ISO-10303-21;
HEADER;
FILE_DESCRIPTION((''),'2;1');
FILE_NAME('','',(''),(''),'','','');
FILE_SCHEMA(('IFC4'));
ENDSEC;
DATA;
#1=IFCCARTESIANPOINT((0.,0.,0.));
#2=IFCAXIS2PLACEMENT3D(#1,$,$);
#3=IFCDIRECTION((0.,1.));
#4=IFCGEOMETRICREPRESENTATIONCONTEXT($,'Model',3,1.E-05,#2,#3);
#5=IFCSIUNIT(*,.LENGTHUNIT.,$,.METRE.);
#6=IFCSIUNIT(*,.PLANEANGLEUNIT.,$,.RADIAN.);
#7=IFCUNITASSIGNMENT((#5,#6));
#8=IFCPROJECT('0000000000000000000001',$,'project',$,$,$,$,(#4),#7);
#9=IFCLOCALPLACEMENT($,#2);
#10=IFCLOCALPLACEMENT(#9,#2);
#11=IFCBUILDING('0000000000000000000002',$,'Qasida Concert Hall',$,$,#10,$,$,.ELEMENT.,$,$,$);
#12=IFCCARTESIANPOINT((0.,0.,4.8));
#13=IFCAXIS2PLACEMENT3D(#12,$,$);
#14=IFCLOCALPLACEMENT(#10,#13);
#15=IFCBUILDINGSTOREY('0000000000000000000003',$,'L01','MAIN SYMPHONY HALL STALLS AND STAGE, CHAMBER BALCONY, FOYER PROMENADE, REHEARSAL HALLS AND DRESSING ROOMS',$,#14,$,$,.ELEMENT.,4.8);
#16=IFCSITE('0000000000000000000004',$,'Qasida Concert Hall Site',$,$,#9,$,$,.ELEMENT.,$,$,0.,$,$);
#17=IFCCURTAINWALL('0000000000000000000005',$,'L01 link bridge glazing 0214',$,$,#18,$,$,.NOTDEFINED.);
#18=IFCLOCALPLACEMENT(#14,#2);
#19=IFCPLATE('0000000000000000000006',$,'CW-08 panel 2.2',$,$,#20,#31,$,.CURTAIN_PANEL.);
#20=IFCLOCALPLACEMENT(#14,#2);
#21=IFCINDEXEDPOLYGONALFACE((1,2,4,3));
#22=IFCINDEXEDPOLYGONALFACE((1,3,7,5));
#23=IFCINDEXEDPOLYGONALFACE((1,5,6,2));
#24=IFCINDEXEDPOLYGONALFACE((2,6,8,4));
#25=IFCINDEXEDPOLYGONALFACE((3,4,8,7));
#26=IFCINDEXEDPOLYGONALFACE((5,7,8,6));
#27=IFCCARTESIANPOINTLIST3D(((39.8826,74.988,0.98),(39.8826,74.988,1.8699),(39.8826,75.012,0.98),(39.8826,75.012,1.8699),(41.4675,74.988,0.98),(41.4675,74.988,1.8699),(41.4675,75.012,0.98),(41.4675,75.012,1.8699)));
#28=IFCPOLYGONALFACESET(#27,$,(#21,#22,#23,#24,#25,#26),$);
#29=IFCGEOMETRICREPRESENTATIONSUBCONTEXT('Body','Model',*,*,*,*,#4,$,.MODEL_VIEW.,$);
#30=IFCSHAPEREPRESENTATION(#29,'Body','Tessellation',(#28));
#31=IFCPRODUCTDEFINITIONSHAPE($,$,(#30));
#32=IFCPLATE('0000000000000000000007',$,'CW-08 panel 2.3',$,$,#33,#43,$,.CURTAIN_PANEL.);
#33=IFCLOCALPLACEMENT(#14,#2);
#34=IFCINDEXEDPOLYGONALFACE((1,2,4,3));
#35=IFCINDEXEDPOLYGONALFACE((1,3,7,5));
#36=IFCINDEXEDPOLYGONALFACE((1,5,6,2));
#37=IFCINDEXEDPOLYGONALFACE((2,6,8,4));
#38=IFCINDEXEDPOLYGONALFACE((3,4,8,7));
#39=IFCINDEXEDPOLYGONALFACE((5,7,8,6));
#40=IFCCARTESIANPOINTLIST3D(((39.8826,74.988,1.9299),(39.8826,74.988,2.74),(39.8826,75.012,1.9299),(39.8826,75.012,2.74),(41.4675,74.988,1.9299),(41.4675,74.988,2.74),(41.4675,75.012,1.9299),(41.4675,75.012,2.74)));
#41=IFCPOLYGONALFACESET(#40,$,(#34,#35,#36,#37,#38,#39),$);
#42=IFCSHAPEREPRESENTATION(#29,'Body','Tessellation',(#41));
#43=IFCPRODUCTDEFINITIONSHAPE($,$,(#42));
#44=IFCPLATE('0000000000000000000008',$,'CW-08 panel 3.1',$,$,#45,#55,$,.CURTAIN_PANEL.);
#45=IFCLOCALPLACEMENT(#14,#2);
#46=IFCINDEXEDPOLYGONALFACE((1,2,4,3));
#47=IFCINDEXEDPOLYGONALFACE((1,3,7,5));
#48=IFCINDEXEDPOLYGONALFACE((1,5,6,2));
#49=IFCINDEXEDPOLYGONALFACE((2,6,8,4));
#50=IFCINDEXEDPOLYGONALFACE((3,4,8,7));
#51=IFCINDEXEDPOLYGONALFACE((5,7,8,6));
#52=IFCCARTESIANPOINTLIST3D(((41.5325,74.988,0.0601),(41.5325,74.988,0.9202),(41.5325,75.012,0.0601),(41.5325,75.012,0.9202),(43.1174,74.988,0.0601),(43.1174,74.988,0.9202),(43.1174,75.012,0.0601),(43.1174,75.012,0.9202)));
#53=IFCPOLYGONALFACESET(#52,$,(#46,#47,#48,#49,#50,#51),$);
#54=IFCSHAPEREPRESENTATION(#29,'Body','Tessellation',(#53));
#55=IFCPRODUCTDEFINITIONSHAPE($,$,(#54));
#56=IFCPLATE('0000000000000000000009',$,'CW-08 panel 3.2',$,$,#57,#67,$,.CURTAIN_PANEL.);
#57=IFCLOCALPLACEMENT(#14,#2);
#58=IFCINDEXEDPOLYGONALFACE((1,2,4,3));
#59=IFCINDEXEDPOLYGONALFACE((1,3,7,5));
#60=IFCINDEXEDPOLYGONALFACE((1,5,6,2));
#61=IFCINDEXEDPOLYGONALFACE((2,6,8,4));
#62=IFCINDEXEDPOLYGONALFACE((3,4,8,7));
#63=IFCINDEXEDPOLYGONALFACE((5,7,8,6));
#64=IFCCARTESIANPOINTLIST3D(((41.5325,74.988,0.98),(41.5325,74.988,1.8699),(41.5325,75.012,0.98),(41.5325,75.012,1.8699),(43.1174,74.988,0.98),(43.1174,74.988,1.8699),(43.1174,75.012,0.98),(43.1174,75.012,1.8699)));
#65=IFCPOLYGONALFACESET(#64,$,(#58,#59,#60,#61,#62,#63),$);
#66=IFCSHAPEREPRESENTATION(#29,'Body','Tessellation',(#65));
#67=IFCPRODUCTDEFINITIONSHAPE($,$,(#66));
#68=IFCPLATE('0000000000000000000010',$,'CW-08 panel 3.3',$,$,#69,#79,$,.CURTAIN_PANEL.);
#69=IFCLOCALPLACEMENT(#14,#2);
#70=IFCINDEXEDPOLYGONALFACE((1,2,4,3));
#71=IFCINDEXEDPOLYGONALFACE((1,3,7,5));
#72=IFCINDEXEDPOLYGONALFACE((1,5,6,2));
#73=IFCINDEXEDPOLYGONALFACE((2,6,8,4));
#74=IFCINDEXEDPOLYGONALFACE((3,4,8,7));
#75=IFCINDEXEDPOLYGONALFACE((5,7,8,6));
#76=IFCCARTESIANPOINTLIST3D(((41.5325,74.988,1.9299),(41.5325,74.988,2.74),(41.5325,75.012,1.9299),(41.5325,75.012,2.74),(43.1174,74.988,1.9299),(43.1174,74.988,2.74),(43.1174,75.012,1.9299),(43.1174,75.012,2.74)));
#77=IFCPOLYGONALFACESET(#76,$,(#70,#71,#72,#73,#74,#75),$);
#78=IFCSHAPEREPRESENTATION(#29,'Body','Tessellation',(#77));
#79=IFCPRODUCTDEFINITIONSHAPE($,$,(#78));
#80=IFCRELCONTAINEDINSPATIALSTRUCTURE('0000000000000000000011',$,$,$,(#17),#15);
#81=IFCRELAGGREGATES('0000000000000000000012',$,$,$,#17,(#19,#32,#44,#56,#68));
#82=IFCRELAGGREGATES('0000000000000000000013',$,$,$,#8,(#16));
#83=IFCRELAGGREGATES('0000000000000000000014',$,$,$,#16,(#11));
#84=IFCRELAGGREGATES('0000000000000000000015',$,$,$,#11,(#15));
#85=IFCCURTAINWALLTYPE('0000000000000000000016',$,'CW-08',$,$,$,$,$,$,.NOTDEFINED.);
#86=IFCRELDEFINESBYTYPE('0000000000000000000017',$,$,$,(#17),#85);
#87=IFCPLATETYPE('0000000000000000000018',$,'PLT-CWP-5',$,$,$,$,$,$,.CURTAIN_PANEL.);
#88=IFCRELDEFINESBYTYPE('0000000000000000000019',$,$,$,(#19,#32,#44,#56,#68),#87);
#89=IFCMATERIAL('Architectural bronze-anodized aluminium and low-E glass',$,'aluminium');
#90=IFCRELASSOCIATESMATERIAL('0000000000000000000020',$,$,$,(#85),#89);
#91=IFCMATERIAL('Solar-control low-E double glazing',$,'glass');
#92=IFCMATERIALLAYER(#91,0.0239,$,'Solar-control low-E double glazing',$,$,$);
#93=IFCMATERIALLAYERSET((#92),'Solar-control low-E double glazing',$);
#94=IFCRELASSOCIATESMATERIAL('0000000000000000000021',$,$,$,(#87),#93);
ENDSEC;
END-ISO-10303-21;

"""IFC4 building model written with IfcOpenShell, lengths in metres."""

from ifc_helpers import new_model, si_unit, direction, frame, origin, origin_2d, place, context, subcontext, project, spatial, rectangle, extrude, material, layer, layer_set, type_object, element, aggregate, save


model = new_model("IFC4")

# Units and contexts
model_context = context("Model", 3, precision=1e-05, world=origin(), true_north=direction((0.0, 1.0)))
body_context = subcontext(model_context, "Body", "Model", "MODEL_VIEW")
ifc_project = project(units=[si_unit("LENGTHUNIT", "METRE"), si_unit("PLANEANGLEUNIT", "RADIAN")], contexts=[model_context])

# Site, building, storey
site_placement = place(None, origin())
site = spatial("IfcSite", under=ifc_project, at=site_placement, Name="Qasida Concert Hall Site", CompositionType="ELEMENT", RefElevation=0.0)
building_placement = place(site_placement, origin())
building = spatial("IfcBuilding", under=site, at=building_placement, Name="Qasida Concert Hall", CompositionType="ELEMENT")
storey_placement = place(building_placement, frame((0.0, 0.0, 4.8)))
storey = spatial("IfcBuildingStorey", under=building, at=storey_placement, Name="L01", Description="MAIN SYMPHONY HALL STALLS AND STAGE, CHAMBER BALCONY, FOYER PROMENADE, REHEARSAL HALLS AND DRESSING ROOMS", CompositionType="ELEMENT", Elevation=4.8)

# Curtain wall, plates
ifc_material_1 = material(Name="Architectural bronze-anodized aluminium and low-E glass", Category="aluminium")
curtain_wall_type = type_object("IfcCurtainWallType", Name="CW-08", PredefinedType="NOTDEFINED", material=ifc_material_1)
curtain_wall_placement = place(storey_placement, origin())
curtain_wall = element("IfcCurtainWall", 1, at=curtain_wall_placement, inside=storey, type_object=curtain_wall_type, Name="L01 link bridge glazing 0214", PredefinedType="NOTDEFINED")
ifc_material_2 = material(Name="Solar-control low-E double glazing", Category="glass")
ifc_layer = layer(ifc_material_2, 0.0239, Name="Solar-control low-E double glazing")
ifc_layer_set = layer_set([ifc_layer], Name="Solar-control low-E double glazing")
plate_type = type_object("IfcPlateType", Name="PLT-CWP-5", PredefinedType="CURTAIN_PANEL", material=ifc_layer_set)
plate_1_placement = place(storey_placement, frame((40.675, 75.0, 0.98), z_axis=(0.0, 0.0, 1.0), x_axis=(1.0, 0.0, 0.0)))
plate_1 = element("IfcPlate", 2, at=plate_1_placement, type_object=plate_type, Name="CW-08 panel 2.2", PredefinedType="CURTAIN_PANEL", context=body_context, shape_type="SweptSolid", body=[
    extrude(rectangle(XDim=1.585, YDim=0.0239, at=origin_2d()), origin(), (0.0, 0.0, 1.0), 0.8899),
])
plate_2_placement = place(storey_placement, frame((40.675, 75.0, 1.9299), z_axis=(0.0, 0.0, 1.0), x_axis=(1.0, 0.0, 0.0)))
plate_2 = element("IfcPlate", 3, at=plate_2_placement, type_object=plate_type, Name="CW-08 panel 2.3", PredefinedType="CURTAIN_PANEL", context=body_context, shape_type="SweptSolid", body=[
    extrude(rectangle(XDim=1.585, YDim=0.0239, at=origin_2d()), origin(), (0.0, 0.0, 1.0), 0.8101),
])
plate_3_placement = place(storey_placement, frame((42.325, 75.0, 0.0601), z_axis=(0.0, 0.0, 1.0), x_axis=(1.0, 0.0, 0.0)))
plate_3 = element("IfcPlate", 4, at=plate_3_placement, type_object=plate_type, Name="CW-08 panel 3.1", PredefinedType="CURTAIN_PANEL", context=body_context, shape_type="SweptSolid", body=[
    extrude(rectangle(XDim=1.585, YDim=0.0239, at=origin_2d()), origin(), (0.0, 0.0, 1.0), 0.8601),
])
plate_4_placement = place(storey_placement, frame((42.325, 75.0, 0.98), z_axis=(0.0, 0.0, 1.0), x_axis=(1.0, 0.0, 0.0)))
plate_4 = element("IfcPlate", 5, at=plate_4_placement, type_object=plate_type, Name="CW-08 panel 3.2", PredefinedType="CURTAIN_PANEL", context=body_context, shape_type="SweptSolid", body=[
    extrude(rectangle(XDim=1.585, YDim=0.0239, at=origin_2d()), origin(), (0.0, 0.0, 1.0), 0.8899),
])
plate_5_placement = place(storey_placement, frame((42.325, 75.0, 1.9299), z_axis=(0.0, 0.0, 1.0), x_axis=(1.0, 0.0, 0.0)))
plate_5 = element("IfcPlate", 6, at=plate_5_placement, type_object=plate_type, Name="CW-08 panel 3.3", PredefinedType="CURTAIN_PANEL", context=body_context, shape_type="SweptSolid", body=[
    extrude(rectangle(XDim=1.585, YDim=0.0239, at=origin_2d()), origin(), (0.0, 0.0, 1.0), 0.8101),
])
aggregate(curtain_wall, [plate_1, plate_2, plate_3, plate_4, plate_5])

save(model, "model.ifc")
